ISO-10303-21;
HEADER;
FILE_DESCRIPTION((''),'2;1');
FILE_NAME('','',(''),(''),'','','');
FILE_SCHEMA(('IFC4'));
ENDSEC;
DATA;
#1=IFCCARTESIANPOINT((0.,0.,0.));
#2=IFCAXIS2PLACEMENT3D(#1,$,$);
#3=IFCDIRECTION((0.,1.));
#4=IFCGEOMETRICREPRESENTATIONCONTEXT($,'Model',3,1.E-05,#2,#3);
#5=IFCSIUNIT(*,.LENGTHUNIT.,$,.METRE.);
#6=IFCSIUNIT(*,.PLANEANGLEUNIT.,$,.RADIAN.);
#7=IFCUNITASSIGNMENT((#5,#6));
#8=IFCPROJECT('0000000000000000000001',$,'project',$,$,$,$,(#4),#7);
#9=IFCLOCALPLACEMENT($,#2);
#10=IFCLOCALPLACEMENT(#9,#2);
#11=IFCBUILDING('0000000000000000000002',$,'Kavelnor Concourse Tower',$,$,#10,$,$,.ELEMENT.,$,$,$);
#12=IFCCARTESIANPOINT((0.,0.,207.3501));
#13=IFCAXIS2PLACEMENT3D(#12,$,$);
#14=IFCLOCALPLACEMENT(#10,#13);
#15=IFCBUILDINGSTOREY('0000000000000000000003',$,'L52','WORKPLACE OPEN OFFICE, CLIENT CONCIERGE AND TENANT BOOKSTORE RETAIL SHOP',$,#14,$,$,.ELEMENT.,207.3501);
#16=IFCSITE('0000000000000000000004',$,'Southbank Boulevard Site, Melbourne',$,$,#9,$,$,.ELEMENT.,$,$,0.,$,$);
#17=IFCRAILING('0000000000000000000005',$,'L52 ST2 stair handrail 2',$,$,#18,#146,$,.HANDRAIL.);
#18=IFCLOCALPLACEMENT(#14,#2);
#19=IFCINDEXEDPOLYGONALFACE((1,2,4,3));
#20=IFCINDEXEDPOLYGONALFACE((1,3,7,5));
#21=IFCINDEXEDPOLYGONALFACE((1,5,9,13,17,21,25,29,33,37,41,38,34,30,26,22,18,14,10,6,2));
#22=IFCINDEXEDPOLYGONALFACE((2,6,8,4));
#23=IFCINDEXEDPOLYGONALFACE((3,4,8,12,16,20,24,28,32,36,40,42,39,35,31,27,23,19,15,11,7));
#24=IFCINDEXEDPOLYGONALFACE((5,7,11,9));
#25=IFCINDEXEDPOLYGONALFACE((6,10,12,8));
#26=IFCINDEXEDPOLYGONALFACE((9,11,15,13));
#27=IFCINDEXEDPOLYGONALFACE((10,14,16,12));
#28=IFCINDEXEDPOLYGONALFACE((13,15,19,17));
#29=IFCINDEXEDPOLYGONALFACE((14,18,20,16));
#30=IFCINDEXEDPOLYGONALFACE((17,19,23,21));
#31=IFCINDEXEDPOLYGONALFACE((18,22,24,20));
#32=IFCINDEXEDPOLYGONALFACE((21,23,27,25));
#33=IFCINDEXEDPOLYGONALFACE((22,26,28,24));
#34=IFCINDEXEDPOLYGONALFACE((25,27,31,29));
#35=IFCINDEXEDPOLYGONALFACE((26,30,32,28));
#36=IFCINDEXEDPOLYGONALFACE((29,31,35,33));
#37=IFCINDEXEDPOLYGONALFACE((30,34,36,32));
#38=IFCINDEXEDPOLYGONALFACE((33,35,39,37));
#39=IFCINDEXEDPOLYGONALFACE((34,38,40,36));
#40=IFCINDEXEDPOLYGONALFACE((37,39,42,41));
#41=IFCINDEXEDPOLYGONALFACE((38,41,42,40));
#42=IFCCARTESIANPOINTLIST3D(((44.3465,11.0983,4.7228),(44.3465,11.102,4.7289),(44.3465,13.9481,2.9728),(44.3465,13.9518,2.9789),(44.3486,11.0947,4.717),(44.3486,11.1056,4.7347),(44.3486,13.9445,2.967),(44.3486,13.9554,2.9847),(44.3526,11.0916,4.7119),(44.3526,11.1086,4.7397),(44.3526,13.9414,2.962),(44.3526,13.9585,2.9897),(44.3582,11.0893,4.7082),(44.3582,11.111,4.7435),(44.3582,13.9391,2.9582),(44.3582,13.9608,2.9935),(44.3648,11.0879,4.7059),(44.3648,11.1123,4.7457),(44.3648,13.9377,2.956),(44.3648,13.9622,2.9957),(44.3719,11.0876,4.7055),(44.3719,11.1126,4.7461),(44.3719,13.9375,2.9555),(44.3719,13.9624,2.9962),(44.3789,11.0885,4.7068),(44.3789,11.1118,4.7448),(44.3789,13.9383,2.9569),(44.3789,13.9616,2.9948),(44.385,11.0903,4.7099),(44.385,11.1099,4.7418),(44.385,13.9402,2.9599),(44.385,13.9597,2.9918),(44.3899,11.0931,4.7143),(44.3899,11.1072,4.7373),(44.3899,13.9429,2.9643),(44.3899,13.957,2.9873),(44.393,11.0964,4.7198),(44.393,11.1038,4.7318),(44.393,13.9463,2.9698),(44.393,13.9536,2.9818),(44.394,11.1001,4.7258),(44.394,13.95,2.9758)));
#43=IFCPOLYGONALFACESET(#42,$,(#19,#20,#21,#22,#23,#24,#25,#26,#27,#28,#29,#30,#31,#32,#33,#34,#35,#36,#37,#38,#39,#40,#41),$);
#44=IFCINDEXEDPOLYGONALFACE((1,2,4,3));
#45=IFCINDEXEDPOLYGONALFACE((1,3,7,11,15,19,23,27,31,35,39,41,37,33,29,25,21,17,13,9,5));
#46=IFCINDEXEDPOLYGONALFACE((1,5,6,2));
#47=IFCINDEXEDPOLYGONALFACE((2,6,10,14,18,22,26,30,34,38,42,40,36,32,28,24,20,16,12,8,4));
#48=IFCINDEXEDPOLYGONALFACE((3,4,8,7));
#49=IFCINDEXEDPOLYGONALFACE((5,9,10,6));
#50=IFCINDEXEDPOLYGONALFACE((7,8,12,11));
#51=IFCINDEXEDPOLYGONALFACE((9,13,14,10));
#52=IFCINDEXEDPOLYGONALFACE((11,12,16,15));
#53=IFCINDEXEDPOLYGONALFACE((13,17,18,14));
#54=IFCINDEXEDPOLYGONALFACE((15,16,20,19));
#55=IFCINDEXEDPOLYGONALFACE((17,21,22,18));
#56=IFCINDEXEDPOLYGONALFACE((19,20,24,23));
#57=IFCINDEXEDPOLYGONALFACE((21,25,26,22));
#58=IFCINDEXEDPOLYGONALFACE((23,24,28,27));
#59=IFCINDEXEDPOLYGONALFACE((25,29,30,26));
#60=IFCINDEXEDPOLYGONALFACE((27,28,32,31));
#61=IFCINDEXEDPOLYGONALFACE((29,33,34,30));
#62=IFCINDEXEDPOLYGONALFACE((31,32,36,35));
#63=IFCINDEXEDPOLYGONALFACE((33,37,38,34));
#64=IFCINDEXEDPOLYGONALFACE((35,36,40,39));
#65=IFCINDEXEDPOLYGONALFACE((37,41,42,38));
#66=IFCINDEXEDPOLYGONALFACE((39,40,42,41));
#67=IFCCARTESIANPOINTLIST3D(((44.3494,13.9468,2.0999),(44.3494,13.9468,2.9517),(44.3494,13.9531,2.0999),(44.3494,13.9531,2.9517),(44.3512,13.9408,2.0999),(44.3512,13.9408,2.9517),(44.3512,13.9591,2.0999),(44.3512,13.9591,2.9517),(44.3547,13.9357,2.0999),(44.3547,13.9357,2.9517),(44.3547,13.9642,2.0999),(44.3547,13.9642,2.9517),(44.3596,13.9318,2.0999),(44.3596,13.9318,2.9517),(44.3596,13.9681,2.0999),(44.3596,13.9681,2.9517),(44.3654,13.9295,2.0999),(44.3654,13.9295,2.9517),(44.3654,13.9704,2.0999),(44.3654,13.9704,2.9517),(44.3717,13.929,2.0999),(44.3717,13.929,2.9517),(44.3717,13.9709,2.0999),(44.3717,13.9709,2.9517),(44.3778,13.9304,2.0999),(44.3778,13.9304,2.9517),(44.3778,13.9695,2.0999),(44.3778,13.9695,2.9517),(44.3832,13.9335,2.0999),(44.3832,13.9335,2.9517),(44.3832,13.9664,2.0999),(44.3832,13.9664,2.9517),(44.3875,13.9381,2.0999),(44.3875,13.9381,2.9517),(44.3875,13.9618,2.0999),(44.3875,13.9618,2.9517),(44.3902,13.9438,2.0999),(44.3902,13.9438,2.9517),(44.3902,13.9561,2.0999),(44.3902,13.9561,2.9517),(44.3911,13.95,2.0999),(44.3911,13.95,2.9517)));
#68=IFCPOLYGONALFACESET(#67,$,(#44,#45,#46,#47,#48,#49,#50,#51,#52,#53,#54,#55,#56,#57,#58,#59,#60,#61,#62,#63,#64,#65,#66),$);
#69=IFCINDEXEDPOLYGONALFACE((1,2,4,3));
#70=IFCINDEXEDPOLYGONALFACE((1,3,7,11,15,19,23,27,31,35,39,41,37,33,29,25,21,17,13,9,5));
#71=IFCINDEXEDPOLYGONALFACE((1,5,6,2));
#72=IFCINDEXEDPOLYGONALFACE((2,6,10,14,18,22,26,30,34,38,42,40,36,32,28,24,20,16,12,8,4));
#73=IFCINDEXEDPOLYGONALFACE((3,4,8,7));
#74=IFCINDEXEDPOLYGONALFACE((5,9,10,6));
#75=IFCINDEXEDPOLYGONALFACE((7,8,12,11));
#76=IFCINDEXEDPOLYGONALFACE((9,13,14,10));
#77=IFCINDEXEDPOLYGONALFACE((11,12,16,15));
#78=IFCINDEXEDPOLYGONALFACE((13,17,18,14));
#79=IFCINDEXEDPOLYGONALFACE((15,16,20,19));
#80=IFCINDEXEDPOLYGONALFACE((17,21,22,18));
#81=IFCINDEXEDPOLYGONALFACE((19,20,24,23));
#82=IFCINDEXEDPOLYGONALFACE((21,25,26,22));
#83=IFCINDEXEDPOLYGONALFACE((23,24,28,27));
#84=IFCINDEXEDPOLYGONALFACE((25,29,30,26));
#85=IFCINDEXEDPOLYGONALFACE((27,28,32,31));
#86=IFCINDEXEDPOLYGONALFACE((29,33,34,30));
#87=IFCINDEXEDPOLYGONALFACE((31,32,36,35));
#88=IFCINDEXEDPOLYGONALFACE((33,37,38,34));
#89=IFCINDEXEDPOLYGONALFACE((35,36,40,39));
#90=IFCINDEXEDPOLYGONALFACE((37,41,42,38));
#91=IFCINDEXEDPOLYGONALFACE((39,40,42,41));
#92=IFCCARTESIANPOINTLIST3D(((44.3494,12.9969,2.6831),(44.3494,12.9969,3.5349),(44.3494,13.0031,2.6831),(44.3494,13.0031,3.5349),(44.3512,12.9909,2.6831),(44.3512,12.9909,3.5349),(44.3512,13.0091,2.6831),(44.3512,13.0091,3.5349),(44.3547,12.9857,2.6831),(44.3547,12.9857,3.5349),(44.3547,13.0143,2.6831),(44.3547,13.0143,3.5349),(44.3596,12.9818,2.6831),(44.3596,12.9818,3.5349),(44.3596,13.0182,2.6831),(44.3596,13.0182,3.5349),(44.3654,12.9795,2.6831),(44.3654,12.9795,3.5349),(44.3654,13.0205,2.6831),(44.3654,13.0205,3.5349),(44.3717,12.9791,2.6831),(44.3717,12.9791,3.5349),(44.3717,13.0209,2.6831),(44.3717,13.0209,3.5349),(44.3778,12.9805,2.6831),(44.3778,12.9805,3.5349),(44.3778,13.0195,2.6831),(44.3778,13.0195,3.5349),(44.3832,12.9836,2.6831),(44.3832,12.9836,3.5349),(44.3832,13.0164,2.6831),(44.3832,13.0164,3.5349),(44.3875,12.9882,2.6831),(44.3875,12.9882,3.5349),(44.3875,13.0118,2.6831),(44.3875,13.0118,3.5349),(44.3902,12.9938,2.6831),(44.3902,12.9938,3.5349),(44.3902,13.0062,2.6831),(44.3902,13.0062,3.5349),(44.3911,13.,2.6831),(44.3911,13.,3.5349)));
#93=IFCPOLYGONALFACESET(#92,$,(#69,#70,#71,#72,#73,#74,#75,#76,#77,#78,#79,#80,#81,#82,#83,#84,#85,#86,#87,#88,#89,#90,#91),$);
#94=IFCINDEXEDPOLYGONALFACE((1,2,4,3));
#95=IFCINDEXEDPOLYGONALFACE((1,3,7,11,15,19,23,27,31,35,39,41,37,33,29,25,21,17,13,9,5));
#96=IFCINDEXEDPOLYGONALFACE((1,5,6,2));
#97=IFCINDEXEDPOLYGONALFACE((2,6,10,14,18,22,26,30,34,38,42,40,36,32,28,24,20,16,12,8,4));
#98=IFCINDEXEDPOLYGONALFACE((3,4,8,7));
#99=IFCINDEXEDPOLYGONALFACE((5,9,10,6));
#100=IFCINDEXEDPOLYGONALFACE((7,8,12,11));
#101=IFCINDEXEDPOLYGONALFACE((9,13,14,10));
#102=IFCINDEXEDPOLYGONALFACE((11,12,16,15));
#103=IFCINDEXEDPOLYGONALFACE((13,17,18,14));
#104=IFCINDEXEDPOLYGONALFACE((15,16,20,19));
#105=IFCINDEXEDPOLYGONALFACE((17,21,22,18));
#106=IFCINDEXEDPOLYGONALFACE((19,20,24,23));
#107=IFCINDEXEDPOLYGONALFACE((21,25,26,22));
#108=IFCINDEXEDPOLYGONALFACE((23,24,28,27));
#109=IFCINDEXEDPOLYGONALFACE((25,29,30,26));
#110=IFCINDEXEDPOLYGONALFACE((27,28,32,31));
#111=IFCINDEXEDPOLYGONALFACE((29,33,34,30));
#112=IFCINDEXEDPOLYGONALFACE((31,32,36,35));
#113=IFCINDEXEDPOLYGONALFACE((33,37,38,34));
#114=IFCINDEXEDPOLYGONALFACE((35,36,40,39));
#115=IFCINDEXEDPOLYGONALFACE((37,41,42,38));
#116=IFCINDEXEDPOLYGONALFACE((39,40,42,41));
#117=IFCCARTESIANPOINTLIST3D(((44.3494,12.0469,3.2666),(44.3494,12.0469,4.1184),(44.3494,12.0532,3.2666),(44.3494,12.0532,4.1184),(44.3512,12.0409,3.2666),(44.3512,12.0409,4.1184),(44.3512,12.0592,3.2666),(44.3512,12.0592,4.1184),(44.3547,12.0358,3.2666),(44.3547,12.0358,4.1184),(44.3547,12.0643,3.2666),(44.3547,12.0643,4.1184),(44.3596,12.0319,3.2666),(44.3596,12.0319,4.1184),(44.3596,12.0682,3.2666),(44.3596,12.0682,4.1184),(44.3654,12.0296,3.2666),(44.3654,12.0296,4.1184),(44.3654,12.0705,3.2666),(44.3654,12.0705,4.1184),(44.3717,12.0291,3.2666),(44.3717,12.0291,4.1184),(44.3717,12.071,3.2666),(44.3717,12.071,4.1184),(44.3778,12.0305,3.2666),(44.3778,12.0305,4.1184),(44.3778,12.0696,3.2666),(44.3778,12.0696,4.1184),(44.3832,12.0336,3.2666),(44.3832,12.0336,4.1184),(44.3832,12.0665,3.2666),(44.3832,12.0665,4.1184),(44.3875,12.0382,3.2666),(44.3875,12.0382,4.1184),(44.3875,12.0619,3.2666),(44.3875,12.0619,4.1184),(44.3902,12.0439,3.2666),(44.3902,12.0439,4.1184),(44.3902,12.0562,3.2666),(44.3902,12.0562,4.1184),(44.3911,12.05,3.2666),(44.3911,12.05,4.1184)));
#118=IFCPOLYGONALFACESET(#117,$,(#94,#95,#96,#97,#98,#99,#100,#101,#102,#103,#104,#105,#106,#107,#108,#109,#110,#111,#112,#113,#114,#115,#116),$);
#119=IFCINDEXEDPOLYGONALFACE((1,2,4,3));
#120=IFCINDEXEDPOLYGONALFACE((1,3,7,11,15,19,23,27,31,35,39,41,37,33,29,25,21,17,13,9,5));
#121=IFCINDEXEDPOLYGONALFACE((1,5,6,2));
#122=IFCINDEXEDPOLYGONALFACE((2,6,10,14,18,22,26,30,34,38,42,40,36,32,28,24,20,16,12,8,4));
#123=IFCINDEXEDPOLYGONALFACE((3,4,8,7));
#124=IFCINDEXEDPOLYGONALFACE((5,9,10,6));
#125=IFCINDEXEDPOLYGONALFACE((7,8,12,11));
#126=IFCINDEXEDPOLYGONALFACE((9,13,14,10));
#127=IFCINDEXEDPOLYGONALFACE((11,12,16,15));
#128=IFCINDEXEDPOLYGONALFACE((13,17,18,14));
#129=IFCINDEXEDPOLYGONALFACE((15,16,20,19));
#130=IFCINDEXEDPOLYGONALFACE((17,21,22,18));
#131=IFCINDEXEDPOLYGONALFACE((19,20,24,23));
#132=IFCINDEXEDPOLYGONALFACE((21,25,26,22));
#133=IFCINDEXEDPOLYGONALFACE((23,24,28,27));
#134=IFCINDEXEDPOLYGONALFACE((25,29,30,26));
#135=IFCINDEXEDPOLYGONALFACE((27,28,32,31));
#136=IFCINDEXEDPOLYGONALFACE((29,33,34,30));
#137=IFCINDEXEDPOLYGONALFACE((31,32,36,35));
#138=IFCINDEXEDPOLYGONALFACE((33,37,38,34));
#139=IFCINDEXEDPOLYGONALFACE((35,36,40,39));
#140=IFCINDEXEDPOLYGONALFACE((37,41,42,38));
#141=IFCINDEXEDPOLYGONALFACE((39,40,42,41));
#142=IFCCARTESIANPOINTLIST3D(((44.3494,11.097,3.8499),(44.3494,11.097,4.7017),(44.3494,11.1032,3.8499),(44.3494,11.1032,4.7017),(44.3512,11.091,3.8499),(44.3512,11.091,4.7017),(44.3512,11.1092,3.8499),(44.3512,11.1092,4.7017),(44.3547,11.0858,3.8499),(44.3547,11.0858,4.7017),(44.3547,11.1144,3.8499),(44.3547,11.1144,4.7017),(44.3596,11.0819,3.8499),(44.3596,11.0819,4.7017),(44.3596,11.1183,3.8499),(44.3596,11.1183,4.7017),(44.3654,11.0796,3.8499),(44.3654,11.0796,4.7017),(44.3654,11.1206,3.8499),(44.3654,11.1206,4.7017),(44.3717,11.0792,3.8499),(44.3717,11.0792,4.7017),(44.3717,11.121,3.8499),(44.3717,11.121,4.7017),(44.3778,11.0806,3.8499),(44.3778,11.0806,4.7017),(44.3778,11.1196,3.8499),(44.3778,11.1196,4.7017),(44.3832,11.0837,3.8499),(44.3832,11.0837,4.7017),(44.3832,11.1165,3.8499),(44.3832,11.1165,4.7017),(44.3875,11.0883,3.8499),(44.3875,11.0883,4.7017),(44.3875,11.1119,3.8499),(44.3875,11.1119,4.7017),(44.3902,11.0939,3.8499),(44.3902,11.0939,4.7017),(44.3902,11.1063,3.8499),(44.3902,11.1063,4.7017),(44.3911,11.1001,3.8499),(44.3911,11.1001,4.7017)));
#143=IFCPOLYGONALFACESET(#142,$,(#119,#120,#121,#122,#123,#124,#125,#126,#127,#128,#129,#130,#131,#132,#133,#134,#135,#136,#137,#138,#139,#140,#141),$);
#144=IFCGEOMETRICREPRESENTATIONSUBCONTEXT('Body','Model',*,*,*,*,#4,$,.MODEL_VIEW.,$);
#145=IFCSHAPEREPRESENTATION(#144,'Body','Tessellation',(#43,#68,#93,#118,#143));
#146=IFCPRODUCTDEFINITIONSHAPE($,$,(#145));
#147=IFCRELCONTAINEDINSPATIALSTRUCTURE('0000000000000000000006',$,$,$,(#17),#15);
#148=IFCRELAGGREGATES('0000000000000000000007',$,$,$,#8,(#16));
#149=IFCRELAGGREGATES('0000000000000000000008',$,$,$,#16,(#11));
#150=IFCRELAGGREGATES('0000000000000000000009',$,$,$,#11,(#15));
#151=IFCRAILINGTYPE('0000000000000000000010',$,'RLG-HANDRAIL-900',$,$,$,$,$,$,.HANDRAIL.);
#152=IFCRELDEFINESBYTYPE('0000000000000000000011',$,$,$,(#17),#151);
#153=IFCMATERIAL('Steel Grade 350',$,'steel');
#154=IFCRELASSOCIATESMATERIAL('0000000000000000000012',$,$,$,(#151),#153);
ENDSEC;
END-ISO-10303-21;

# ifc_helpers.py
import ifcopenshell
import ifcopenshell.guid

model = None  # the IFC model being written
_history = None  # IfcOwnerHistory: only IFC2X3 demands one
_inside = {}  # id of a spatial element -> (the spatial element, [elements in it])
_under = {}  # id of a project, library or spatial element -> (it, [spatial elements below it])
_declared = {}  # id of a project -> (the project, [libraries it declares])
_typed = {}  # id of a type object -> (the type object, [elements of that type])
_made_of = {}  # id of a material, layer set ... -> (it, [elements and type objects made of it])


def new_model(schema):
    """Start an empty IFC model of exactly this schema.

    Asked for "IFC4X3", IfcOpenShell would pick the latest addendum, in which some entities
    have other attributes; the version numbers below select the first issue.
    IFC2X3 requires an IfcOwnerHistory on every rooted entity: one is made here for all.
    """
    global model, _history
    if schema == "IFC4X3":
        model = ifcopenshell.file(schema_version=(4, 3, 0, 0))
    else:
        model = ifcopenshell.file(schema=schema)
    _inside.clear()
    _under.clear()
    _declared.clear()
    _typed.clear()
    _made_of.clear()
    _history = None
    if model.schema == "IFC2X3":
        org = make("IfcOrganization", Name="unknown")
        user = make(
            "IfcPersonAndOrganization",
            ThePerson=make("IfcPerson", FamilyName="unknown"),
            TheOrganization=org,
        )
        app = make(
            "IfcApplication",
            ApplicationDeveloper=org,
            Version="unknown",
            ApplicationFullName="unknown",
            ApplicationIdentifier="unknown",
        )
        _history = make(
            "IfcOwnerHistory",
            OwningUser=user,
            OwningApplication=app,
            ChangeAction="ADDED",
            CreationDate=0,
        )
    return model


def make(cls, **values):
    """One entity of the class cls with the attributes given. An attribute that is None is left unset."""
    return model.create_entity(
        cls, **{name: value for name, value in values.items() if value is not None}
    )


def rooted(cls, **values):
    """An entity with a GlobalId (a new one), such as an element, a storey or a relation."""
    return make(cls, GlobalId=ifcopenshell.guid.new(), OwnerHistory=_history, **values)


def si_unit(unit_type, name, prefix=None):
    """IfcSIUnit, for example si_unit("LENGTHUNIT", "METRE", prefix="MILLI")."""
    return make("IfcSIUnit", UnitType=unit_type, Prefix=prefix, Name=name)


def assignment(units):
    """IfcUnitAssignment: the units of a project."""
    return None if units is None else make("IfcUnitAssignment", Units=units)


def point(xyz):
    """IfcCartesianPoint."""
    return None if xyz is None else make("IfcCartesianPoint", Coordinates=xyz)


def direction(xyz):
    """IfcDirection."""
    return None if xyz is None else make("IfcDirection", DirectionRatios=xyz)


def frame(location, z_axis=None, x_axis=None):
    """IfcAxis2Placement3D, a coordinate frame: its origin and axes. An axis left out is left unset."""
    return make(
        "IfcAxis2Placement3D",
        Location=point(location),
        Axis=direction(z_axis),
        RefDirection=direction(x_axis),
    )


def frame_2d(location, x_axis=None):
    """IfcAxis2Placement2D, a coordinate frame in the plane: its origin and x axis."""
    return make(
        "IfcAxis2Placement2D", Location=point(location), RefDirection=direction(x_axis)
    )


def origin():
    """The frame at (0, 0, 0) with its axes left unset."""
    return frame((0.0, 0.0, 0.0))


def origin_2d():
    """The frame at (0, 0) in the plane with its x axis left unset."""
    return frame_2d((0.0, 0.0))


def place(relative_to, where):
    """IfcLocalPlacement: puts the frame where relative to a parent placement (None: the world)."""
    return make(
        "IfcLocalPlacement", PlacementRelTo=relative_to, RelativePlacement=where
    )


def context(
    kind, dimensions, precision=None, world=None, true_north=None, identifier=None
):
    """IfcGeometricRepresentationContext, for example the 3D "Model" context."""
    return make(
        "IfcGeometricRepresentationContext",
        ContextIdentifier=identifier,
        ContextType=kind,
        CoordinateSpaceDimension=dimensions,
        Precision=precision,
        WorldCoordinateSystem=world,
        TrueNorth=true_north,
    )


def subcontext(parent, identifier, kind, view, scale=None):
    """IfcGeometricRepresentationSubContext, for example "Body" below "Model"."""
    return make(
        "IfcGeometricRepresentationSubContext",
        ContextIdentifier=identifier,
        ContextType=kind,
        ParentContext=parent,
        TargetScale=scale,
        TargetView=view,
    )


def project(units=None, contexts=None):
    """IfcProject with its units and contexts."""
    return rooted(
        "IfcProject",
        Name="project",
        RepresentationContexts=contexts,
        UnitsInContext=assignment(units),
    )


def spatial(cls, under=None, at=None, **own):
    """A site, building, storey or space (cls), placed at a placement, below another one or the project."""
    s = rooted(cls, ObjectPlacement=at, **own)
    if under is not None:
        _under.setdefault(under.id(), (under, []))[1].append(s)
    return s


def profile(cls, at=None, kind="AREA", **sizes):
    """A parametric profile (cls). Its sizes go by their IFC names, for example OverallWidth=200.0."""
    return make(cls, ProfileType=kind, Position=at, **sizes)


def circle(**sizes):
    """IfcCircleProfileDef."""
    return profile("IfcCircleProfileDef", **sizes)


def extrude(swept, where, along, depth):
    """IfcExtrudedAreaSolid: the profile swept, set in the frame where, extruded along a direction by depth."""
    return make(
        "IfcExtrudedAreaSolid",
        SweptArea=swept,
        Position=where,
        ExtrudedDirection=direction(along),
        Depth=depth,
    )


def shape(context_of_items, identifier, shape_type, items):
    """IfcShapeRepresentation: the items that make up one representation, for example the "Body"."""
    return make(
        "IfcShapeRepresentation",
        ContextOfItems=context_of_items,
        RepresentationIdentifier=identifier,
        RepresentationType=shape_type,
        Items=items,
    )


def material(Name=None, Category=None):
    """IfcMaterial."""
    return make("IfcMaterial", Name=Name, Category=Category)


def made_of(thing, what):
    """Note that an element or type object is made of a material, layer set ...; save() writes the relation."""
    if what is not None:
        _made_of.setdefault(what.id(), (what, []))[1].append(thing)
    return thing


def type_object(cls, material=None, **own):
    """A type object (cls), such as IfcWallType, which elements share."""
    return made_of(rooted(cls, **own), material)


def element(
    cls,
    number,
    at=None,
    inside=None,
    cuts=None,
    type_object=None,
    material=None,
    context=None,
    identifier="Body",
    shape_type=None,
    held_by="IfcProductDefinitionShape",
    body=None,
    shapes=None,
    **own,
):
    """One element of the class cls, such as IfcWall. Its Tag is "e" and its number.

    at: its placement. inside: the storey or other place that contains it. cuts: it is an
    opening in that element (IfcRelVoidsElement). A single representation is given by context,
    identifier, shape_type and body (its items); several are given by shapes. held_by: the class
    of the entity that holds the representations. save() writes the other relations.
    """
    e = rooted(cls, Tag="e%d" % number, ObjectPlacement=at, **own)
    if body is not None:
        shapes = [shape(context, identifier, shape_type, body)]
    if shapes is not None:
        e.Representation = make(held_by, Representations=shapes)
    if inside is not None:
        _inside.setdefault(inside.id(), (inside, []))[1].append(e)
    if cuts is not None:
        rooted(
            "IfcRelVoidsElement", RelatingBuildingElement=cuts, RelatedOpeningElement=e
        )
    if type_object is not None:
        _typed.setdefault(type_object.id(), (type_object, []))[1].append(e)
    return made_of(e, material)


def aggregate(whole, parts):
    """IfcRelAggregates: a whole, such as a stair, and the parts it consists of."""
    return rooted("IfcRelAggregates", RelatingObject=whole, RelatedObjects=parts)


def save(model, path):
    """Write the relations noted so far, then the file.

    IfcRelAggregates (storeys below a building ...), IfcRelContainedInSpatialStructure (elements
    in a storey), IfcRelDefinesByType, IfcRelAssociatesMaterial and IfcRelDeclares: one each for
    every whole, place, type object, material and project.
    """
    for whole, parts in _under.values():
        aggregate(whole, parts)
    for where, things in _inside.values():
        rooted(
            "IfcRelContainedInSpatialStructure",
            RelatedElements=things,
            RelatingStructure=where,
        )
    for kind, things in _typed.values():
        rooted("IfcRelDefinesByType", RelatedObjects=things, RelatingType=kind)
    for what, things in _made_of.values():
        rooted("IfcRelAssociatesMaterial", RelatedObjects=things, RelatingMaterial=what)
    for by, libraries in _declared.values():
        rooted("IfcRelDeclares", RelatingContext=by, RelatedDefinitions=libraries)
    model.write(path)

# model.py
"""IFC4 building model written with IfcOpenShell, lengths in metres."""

from ifc_helpers import new_model, si_unit, direction, frame, origin, origin_2d, place, context, subcontext, project, spatial, circle, extrude, material, type_object, element, save


model = new_model("IFC4")

# Units and contexts
model_context = context("Model", 3, precision=1e-05, world=origin(), true_north=direction((0.0, 1.0)))
body_context = subcontext(model_context, "Body", "Model", "MODEL_VIEW")
ifc_project = project(units=[si_unit("LENGTHUNIT", "METRE"), si_unit("PLANEANGLEUNIT", "RADIAN")], contexts=[model_context])

# Site, building, storey
site_placement = place(None, origin())
site = spatial("IfcSite", under=ifc_project, at=site_placement, Name="Southbank Boulevard Site, Melbourne", CompositionType="ELEMENT", RefElevation=0.0)
building_placement = place(site_placement, origin())
building = spatial("IfcBuilding", under=site, at=building_placement, Name="Kavelnor Concourse Tower", CompositionType="ELEMENT")
storey_placement = place(building_placement, frame((0.0, 0.0, 207.3501)))
storey = spatial("IfcBuildingStorey", under=building, at=storey_placement, Name="L52", Description="WORKPLACE OPEN OFFICE, CLIENT CONCIERGE AND TENANT BOOKSTORE RETAIL SHOP", CompositionType="ELEMENT", Elevation=207.3501)

# Shared definitions
ifc_material_1 = material(Name="Steel Grade 350", Category="steel")

# Railing
railing_type_1 = type_object("IfcRailingType", Name="RLG-HANDRAIL-900", PredefinedType="HANDRAIL", material=ifc_material_1)
railing_1_placement = place(storey_placement, frame((44.3701, 13.95, 2.0999)))
element("IfcRailing", 1, at=railing_1_placement, inside=storey, type_object=railing_type_1, Name="L52 ST2 stair handrail 2", PredefinedType="HANDRAIL", context=body_context, shape_type="SweptSolid", body=[
    extrude(circle(Radius=0.0239, at=origin_2d()), frame((0.0, 0.0, 0.876), z_axis=(0.0, -0.852159, 0.523283), x_axis=(1.0, 0.0, 0.0)), (0.0, 0.0, 1.0), 3.3442),
    extrude(circle(Radius=0.021, at=origin_2d()), origin(), (0.0, 0.0, 1.0), 0.8518),
    extrude(circle(Radius=0.021, at=origin_2d()), frame((0.0, -0.95, 0.5833)), (0.0, 0.0, 1.0), 0.8518),
    extrude(circle(Radius=0.021, at=origin_2d()), frame((0.0, -1.8999, 1.1667)), (0.0, 0.0, 1.0), 0.8518),
    extrude(circle(Radius=0.021, at=origin_2d()), frame((0.0, -2.8499, 1.75)), (0.0, 0.0, 1.0), 0.8518),
])

save(model, "model.ifc")
